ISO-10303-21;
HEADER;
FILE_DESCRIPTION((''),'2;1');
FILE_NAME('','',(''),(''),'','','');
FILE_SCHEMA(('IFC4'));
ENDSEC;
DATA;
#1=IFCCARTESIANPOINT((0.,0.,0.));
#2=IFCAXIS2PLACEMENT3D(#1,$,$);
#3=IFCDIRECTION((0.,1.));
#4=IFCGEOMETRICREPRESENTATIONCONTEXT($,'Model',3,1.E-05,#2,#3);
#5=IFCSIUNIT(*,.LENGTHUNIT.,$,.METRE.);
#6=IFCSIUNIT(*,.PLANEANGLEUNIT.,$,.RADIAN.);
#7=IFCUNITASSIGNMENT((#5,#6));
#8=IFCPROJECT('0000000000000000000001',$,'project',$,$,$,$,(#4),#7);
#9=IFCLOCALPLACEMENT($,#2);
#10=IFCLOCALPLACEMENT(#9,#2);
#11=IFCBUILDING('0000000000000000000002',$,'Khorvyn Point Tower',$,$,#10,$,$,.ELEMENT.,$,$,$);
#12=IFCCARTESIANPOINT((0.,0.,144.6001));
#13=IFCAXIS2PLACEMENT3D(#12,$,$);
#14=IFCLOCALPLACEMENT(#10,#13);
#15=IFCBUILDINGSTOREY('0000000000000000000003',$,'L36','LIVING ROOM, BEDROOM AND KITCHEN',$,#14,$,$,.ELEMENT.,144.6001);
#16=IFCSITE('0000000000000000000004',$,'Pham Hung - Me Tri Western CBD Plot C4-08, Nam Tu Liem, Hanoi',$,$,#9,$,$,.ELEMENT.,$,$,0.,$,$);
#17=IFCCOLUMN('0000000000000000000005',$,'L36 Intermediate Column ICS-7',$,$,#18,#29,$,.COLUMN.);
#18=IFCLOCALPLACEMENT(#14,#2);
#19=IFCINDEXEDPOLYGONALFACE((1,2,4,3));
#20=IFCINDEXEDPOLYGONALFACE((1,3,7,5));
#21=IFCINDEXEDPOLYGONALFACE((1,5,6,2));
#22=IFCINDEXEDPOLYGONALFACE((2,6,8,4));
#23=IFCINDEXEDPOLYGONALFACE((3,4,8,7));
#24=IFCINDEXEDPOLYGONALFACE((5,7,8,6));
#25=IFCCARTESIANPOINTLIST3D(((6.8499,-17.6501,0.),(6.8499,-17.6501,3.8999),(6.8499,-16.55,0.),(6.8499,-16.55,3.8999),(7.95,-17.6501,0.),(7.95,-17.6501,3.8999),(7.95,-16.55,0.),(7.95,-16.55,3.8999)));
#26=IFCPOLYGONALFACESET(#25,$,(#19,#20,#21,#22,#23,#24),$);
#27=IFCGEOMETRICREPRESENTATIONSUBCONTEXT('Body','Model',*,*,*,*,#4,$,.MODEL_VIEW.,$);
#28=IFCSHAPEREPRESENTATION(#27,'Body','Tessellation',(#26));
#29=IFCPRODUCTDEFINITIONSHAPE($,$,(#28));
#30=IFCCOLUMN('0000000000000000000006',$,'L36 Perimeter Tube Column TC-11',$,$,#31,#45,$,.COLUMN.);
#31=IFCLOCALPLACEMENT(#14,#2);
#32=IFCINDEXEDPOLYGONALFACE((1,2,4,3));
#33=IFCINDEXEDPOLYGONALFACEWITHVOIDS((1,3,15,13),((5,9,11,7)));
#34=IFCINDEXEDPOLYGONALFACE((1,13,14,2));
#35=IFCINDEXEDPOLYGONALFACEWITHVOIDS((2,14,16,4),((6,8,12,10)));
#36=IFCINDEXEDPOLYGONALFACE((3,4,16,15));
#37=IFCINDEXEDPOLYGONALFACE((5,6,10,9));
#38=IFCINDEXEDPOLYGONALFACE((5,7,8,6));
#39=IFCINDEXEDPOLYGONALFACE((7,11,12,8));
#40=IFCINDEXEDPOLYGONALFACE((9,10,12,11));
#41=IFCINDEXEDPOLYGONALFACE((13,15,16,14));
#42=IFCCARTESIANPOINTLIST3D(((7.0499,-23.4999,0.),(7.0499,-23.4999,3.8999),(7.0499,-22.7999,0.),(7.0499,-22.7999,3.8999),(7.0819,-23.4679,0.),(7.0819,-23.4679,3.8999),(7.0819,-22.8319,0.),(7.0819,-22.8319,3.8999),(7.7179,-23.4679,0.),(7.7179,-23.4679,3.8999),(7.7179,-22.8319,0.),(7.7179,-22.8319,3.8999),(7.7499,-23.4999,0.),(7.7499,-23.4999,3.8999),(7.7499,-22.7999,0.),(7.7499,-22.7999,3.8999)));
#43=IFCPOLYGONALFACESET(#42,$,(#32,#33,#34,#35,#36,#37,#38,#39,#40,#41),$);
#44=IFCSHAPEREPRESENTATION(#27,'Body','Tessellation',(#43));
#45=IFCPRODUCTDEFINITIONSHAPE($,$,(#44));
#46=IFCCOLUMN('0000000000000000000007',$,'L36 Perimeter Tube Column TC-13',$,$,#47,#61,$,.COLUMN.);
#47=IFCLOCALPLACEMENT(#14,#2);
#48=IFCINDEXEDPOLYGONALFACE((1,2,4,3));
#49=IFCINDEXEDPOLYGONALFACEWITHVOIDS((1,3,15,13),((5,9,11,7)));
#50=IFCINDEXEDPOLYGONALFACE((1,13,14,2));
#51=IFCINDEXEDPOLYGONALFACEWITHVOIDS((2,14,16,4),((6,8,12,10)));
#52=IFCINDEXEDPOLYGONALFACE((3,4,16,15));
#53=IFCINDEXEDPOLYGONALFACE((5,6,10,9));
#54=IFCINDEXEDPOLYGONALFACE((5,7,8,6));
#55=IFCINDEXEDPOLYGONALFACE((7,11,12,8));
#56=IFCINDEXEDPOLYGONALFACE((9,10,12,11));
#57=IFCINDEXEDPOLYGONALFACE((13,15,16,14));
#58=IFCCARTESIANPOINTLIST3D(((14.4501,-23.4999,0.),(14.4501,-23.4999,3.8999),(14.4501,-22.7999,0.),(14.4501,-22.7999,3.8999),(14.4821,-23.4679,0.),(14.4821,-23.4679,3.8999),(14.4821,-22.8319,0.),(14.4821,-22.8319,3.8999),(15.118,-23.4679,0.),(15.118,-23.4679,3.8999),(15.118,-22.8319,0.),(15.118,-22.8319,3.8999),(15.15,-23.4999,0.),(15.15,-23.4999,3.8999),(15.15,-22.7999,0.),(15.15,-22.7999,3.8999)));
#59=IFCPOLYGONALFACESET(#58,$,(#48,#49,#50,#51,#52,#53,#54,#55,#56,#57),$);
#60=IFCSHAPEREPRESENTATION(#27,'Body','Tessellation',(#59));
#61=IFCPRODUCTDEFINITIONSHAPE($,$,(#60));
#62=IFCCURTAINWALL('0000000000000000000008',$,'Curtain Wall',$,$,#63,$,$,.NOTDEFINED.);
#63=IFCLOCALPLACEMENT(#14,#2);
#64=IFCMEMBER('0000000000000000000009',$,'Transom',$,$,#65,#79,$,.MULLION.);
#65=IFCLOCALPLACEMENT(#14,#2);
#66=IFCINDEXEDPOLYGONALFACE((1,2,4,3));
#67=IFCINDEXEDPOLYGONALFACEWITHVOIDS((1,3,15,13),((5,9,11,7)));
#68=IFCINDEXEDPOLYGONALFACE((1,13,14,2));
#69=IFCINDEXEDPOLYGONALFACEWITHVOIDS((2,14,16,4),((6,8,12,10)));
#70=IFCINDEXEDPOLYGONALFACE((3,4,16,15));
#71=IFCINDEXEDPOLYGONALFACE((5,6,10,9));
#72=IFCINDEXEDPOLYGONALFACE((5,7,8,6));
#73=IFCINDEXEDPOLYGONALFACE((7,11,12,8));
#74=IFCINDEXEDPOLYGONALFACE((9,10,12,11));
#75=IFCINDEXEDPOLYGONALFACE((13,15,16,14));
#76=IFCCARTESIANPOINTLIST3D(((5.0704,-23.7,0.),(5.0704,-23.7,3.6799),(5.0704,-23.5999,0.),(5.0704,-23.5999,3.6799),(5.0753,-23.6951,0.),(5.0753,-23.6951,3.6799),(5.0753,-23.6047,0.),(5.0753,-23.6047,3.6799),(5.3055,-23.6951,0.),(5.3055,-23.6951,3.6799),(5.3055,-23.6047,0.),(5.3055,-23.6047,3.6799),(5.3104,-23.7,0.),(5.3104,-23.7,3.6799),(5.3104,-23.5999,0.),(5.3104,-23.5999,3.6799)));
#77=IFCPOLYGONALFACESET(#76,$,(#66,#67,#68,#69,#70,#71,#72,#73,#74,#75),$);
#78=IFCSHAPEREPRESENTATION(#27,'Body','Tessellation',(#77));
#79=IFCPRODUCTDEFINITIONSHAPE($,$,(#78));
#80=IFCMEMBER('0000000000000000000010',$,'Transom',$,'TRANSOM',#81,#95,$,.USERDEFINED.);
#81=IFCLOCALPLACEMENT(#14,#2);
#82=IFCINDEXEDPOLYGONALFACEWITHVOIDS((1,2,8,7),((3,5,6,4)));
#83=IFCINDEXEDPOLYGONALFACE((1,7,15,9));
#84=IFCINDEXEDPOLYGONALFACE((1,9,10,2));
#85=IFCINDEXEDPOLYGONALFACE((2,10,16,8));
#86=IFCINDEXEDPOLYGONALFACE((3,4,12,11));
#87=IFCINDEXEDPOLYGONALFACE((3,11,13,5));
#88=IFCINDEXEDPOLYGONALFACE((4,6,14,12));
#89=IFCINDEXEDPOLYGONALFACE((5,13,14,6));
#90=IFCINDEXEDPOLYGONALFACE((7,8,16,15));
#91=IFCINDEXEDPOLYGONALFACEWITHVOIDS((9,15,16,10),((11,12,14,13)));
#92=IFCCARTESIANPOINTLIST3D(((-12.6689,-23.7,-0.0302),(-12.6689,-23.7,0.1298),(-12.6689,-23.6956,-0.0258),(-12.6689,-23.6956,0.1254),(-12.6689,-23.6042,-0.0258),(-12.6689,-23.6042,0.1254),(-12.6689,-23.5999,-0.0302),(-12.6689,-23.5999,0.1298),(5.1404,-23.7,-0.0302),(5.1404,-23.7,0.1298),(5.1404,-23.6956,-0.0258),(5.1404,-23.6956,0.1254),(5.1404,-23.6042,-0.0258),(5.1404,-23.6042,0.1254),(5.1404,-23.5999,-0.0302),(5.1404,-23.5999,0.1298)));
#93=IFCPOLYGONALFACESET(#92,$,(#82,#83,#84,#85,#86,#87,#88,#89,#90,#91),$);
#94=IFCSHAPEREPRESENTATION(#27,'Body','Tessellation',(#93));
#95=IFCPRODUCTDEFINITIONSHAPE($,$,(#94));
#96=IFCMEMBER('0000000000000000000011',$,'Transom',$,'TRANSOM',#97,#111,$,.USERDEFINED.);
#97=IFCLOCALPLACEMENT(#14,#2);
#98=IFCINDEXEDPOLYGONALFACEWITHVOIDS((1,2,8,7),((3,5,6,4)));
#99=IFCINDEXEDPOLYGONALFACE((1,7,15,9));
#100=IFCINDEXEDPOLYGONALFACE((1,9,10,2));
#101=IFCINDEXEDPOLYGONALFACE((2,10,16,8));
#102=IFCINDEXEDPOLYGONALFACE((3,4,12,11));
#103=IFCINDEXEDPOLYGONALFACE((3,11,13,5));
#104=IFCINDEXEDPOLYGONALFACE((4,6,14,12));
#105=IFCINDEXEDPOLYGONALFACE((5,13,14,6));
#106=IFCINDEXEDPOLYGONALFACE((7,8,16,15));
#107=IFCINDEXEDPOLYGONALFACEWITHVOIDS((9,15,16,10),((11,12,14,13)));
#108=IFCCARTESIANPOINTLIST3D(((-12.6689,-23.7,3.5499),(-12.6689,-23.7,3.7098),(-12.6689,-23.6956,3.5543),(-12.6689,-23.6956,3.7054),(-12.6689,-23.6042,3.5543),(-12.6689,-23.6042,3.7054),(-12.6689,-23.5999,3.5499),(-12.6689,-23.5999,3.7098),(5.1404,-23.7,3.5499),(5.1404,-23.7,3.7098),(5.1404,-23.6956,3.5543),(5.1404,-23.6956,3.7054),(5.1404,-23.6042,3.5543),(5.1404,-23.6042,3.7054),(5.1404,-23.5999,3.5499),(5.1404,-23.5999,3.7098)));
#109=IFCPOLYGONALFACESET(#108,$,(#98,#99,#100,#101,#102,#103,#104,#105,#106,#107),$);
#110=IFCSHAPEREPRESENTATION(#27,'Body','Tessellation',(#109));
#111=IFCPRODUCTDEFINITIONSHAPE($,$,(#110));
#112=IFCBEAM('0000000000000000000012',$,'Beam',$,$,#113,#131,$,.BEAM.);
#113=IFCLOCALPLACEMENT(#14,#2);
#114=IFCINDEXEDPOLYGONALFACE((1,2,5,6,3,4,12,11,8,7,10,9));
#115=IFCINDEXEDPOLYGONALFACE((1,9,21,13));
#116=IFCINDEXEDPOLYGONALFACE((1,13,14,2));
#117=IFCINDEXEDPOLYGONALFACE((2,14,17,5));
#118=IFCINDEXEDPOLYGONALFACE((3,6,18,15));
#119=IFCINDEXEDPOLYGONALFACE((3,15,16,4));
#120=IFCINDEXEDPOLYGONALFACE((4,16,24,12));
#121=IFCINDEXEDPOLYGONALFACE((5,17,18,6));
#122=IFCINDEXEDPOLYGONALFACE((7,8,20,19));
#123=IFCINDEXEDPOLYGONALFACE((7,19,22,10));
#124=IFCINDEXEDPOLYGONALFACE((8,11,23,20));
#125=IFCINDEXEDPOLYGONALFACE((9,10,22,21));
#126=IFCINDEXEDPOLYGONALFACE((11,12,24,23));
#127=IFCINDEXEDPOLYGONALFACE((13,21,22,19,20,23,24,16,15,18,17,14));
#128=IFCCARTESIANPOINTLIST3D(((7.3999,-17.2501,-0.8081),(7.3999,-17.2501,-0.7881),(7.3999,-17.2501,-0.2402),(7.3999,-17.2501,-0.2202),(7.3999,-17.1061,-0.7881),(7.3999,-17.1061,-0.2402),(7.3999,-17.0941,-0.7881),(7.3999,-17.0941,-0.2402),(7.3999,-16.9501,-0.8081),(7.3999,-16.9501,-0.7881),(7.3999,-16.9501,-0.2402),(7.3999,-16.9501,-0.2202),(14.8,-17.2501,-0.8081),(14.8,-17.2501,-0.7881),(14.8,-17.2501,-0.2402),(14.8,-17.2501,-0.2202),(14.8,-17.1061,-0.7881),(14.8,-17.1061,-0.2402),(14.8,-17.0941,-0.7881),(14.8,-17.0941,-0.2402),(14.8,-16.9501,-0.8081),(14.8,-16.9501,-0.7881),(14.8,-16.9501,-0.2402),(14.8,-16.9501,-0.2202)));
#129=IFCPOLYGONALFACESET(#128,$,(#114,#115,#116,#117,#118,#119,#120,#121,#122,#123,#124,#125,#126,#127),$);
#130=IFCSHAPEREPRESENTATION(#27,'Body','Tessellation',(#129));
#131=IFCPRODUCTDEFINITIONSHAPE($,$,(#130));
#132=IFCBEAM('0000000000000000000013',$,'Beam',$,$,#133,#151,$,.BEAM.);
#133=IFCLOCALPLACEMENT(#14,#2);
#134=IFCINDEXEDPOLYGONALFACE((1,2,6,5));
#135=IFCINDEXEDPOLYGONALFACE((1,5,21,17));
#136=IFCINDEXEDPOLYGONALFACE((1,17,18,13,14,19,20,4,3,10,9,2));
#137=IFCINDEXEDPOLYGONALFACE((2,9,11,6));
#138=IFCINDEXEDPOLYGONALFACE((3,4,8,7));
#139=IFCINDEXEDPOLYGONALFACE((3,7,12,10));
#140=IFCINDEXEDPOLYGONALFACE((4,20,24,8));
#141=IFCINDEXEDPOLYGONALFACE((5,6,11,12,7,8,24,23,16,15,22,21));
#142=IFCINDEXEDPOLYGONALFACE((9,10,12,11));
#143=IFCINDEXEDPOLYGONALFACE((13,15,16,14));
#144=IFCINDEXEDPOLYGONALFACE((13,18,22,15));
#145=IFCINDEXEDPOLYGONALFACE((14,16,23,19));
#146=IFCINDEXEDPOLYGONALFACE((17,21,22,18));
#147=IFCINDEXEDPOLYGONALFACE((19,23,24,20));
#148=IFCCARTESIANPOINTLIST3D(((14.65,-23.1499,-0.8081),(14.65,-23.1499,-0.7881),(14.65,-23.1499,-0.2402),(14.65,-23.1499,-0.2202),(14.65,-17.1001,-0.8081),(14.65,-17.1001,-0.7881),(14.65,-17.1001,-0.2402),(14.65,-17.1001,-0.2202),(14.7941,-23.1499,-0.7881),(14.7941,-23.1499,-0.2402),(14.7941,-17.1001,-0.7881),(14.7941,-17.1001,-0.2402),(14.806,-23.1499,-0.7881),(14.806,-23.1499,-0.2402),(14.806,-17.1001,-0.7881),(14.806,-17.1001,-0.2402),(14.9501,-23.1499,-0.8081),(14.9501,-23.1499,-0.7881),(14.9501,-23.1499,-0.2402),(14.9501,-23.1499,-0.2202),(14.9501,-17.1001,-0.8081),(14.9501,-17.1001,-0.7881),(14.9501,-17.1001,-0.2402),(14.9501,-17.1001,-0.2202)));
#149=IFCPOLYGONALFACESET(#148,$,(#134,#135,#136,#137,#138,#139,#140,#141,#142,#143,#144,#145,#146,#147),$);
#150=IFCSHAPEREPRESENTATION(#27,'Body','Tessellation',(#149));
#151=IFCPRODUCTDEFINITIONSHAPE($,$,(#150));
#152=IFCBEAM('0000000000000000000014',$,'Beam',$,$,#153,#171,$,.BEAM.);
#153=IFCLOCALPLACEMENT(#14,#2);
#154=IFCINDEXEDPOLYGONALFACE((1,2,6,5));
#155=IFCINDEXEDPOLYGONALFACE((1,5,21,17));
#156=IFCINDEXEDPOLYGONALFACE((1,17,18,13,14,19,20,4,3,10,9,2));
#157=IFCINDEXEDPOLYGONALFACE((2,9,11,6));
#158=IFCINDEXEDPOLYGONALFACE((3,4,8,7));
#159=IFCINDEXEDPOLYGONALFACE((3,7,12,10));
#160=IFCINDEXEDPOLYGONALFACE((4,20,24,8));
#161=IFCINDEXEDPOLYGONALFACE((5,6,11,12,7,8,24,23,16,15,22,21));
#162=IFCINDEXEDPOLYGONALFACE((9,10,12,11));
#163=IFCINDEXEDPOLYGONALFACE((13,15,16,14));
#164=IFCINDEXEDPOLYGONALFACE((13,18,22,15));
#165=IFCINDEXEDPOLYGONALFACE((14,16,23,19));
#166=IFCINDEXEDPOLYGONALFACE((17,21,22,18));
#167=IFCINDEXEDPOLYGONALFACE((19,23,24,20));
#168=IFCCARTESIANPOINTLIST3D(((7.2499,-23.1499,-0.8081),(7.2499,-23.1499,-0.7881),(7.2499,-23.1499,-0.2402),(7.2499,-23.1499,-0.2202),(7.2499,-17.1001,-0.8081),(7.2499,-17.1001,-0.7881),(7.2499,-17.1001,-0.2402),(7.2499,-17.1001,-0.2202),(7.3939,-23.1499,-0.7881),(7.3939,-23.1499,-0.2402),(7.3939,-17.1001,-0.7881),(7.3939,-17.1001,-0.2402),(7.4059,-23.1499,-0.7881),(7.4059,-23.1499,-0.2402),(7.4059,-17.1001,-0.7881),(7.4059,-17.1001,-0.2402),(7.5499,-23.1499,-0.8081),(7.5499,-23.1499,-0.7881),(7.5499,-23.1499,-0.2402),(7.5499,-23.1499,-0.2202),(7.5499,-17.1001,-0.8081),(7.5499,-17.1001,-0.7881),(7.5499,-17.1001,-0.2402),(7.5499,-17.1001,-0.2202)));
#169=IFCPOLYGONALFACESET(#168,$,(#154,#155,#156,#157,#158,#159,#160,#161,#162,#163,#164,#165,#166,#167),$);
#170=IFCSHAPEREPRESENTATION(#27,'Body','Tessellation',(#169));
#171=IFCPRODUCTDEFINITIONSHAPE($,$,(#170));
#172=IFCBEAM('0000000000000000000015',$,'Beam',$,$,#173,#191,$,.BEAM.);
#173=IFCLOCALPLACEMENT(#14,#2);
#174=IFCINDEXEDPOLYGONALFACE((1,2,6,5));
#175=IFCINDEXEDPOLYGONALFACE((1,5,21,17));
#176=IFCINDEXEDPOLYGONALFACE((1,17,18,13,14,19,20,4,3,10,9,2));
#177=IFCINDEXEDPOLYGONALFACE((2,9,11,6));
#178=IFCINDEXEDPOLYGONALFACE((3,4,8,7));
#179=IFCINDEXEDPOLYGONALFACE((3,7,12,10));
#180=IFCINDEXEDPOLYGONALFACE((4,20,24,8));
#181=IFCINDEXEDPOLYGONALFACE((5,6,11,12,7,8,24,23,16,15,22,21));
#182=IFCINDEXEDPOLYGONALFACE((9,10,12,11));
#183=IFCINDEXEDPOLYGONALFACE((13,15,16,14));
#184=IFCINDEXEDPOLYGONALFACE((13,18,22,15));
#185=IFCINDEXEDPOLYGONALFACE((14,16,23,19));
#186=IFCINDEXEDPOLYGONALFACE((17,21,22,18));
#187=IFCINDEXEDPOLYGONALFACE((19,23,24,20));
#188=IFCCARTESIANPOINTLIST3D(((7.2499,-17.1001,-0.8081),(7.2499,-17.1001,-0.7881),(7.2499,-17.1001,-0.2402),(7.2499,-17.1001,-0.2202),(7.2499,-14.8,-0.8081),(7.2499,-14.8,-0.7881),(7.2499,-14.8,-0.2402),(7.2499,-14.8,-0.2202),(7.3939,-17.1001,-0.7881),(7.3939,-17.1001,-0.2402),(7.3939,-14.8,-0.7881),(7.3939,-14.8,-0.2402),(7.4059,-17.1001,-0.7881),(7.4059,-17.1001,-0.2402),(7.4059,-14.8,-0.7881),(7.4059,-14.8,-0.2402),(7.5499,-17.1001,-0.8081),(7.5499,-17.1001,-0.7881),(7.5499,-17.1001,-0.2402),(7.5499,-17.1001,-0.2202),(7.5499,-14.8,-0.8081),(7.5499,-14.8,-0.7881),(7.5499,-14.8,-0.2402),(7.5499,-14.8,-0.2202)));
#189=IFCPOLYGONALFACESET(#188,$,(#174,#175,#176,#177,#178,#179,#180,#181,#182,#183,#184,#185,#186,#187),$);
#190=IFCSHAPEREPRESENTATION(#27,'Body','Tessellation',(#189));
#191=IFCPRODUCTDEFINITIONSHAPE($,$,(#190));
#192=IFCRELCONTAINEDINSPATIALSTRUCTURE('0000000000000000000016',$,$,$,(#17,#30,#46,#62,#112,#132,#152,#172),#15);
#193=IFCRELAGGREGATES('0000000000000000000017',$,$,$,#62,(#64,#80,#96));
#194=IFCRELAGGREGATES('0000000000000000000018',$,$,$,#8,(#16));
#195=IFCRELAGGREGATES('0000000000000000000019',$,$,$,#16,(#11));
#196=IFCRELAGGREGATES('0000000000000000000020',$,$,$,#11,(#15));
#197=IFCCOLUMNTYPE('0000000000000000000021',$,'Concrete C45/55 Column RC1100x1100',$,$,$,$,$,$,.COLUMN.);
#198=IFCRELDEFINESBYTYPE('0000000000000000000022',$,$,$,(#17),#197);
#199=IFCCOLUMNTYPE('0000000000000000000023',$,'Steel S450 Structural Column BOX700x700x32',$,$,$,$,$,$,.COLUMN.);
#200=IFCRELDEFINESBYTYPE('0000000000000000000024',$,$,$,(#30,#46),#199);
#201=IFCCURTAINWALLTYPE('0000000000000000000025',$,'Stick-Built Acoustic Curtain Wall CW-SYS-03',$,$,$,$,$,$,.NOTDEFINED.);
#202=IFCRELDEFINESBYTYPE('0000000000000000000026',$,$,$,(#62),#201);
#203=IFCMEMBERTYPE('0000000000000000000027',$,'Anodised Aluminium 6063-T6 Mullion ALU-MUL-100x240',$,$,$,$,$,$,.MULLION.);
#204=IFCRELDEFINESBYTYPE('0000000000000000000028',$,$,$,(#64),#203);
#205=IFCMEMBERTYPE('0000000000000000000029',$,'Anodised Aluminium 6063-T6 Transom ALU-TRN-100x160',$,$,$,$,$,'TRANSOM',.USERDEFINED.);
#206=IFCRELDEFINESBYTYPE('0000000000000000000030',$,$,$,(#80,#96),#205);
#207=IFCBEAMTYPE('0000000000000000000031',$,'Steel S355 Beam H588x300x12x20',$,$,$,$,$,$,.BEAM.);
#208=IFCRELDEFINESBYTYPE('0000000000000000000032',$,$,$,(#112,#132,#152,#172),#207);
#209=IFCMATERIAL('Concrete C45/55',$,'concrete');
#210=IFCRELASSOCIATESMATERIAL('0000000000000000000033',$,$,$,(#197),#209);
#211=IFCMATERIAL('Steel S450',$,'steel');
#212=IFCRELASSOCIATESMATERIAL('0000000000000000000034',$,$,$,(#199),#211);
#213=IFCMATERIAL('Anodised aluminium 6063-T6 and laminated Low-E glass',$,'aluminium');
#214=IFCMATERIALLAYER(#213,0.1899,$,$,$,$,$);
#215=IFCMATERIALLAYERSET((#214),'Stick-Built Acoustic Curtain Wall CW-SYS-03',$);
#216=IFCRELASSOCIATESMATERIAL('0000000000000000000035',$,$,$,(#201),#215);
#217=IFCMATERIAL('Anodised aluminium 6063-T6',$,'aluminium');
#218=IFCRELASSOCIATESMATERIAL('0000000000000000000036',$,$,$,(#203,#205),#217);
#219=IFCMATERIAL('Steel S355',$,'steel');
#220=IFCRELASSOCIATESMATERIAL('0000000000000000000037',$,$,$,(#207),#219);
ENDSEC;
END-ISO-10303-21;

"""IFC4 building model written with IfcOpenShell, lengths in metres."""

from ifc_helpers import new_model, si_unit, direction, frame, origin, origin_2d, place, context, subcontext, project, spatial, rectangle, hollow_rectangle, i_section, extrude, material, layer, layer_set, material_profile, profile_set, type_object, element, aggregate, save


model = new_model("IFC4")

# Units and contexts
model_context = context("Model", 3, precision=1e-05, world=origin(), true_north=direction((0.0, 1.0)))
body_context = subcontext(model_context, "Body", "Model", "MODEL_VIEW")
ifc_project = project(units=[si_unit("LENGTHUNIT", "METRE"), si_unit("PLANEANGLEUNIT", "RADIAN")], contexts=[model_context])

# Site, building, storey
site_placement = place(None, origin())
site = spatial("IfcSite", under=ifc_project, at=site_placement, Name="Pham Hung - Me Tri Western CBD Plot C4-08, Nam Tu Liem, Hanoi", CompositionType="ELEMENT", RefElevation=0.0)
building_placement = place(site_placement, origin())
building = spatial("IfcBuilding", under=site, at=building_placement, Name="Khorvyn Point Tower", CompositionType="ELEMENT")
storey_placement = place(building_placement, frame((0.0, 0.0, 144.6001)))
storey = spatial("IfcBuildingStorey", under=building, at=storey_placement, Name="L36", Description="LIVING ROOM, BEDROOM AND KITCHEN", CompositionType="ELEMENT", Elevation=144.6001)

# Columns
ifc_material_1 = material(Name="Concrete C45/55", Category="concrete")
ifc_material_profile_1 = material_profile(ifc_material_1, rectangle(XDim=1.1001, YDim=1.1001, at=origin_2d()))
ifc_profile_set_1 = profile_set([ifc_material_profile_1], Name="Concrete C45/55 RC1100x1100")
column_type_1 = type_object("IfcColumnType", Name="Concrete C45/55 Column RC1100x1100", PredefinedType="COLUMN", material=ifc_profile_set_1)
column_placement = place(storey_placement, frame((7.3999, -17.1001, 0.0), z_axis=(0.0, 0.0, 1.0), x_axis=(1.0, 0.0, 0.0)))
element("IfcColumn", 1, at=column_placement, inside=storey, type_object=column_type_1, Name="L36 Intermediate Column ICS-7", PredefinedType="COLUMN", context=body_context, shape_type="SweptSolid", body=[
    extrude(rectangle(XDim=1.1001, YDim=1.1001, at=origin_2d()), origin(), (0.0, 0.0, 1.0), 3.8999),
])
ifc_material_2 = material(Name="Steel S450", Category="steel")
ifc_material_profile_2 = material_profile(ifc_material_2, hollow_rectangle(XDim=0.7, YDim=0.7, WallThickness=0.032, at=origin_2d()))
ifc_profile_set_2 = profile_set([ifc_material_profile_2], Name="Steel S450 BOX700x700x32")
column_type_2 = type_object("IfcColumnType", Name="Steel S450 Structural Column BOX700x700x32", PredefinedType="COLUMN", material=ifc_profile_set_2)
for number, where, z_axis, x_axis, name in (
    (2, (7.3999, -23.1499, 0.0), (0.0, 0.0, 1.0), (1.0, 0.0, 0.0), "L36 Perimeter Tube Column TC-11"),
    (3, (14.8, -23.1499, 0.0), (0.0, 0.0, 1.0), (1.0, 0.0, 0.0), "L36 Perimeter Tube Column TC-13"),
):
    element("IfcColumn", number, at=place(storey_placement, frame(where, z_axis=z_axis, x_axis=x_axis)), inside=storey, type_object=column_type_2, Name=name, PredefinedType="COLUMN", context=body_context, shape_type="SweptSolid", body=[
        extrude(hollow_rectangle(XDim=0.7, YDim=0.7, WallThickness=0.032, at=origin_2d()), origin(), (0.0, 0.0, 1.0), 3.8999),
    ])

# Curtain wall, members
ifc_material_3 = material(Name="Anodised aluminium 6063-T6 and laminated Low-E glass", Category="aluminium")
ifc_layer_1 = layer(ifc_material_3, 0.1899)
ifc_layer_set_1 = layer_set([ifc_layer_1], Name="Stick-Built Acoustic Curtain Wall CW-SYS-03")
curtain_wall_type = type_object("IfcCurtainWallType", Name="Stick-Built Acoustic Curtain Wall CW-SYS-03", PredefinedType="NOTDEFINED", material=ifc_layer_set_1)
curtain_wall_placement = place(storey_placement, origin())
curtain_wall = element("IfcCurtainWall", 4, at=curtain_wall_placement, inside=storey, type_object=curtain_wall_type, Name="Curtain Wall", PredefinedType="NOTDEFINED")
ifc_material_4 = material(Name="Anodised aluminium 6063-T6", Category="aluminium")
ifc_material_profile_3 = material_profile(ifc_material_4, hollow_rectangle(XDim=0.1001, YDim=0.24, WallThickness=0.0049, at=origin_2d()))
ifc_profile_set_3 = profile_set([ifc_material_profile_3], Name="Anodised aluminium 6063-T6 ALU-MUL-100x240")
member_type_1 = type_object("IfcMemberType", Name="Anodised Aluminium 6063-T6 Mullion ALU-MUL-100x240", PredefinedType="MULLION", material=ifc_profile_set_3)
member_1_placement = place(storey_placement, frame((5.1904, -23.6499, 0.0), z_axis=(0.0, 0.0, 1.0), x_axis=(0.0, -1.0, 0.0)))
member_1 = element("IfcMember", 5, at=member_1_placement, type_object=member_type_1, Name="Transom", PredefinedType="MULLION", context=body_context, shape_type="SweptSolid", body=[
    extrude(hollow_rectangle(XDim=0.1001, YDim=0.24, WallThickness=0.0049, at=origin_2d()), origin(), (0.0, 0.0, 1.0), 3.6799),
])
ifc_material_profile_4 = material_profile(ifc_material_4, hollow_rectangle(XDim=0.1001, YDim=0.1599, WallThickness=0.0044, at=origin_2d()))
ifc_profile_set_4 = profile_set([ifc_material_profile_4], Name="Anodised aluminium 6063-T6 ALU-TRN-100x160")
member_type_2 = type_object("IfcMemberType", Name="Anodised Aluminium 6063-T6 Transom ALU-TRN-100x160", ElementType="TRANSOM", PredefinedType="USERDEFINED", material=ifc_profile_set_4)
member_2_placement = place(storey_placement, frame((5.1404, -23.6499, 0.0498), z_axis=(-1.0, 0.0, 0.0), x_axis=(0.0, -1.0, 0.0)))
member_2 = element("IfcMember", 6, at=member_2_placement, type_object=member_type_2, Name="Transom", ObjectType="TRANSOM", PredefinedType="USERDEFINED", context=body_context, shape_type="SweptSolid", body=[
    extrude(hollow_rectangle(XDim=0.1001, YDim=0.1599, WallThickness=0.0044, at=origin_2d()), origin(), (0.0, 0.0, 1.0), 17.8093),
])
member_3_placement = place(storey_placement, frame((5.1404, -23.6499, 3.6299), z_axis=(-1.0, 0.0, 0.0), x_axis=(0.0, -1.0, 0.0)))
member_3 = element("IfcMember", 7, at=member_3_placement, type_object=member_type_2, Name="Transom", ObjectType="TRANSOM", PredefinedType="USERDEFINED", context=body_context, shape_type="SweptSolid", body=[
    extrude(hollow_rectangle(XDim=0.1001, YDim=0.1599, WallThickness=0.0044, at=origin_2d()), origin(), (0.0, 0.0, 1.0), 17.8093),
])

# Beams
ifc_material_5 = material(Name="Steel S355", Category="steel")
ifc_material_profile_5 = material_profile(ifc_material_5, i_section(OverallWidth=0.3, OverallDepth=0.5879, WebThickness=0.012, FlangeThickness=0.02, at=origin_2d()))
ifc_profile_set_5 = profile_set([ifc_material_profile_5], Name="Steel S355 H588x300x12x20")
beam_type_1 = type_object("IfcBeamType", Name="Steel S355 Beam H588x300x12x20", PredefinedType="BEAM", material=ifc_profile_set_5)
beam_1_placement = place(storey_placement, frame((7.3999, -17.1001, -0.5142), z_axis=(1.0, 0.0, 0.0), x_axis=(0.0, 1.0, 0.0)))
element("IfcBeam", 8, at=beam_1_placement, inside=storey, type_object=beam_type_1, Name="Beam", PredefinedType="BEAM", context=body_context, shape_type="SweptSolid", body=[
    extrude(i_section(OverallWidth=0.3, OverallDepth=0.5879, WebThickness=0.012, FlangeThickness=0.02, at=origin_2d()), origin(), (0.0, 0.0, 1.0), 7.4001),
])
for number, where, z_axis, x_axis, name in (
    (9, (14.8, -23.1499, -0.5142), (0.0, 1.0, 0.0), (-1.0, 0.0, 0.0), "Beam"),
    (10, (7.3999, -23.1499, -0.5142), (0.0, 1.0, 0.0), (-1.0, 0.0, 0.0), "Beam"),
):
    element("IfcBeam", number, at=place(storey_placement, frame(where, z_axis=z_axis, x_axis=x_axis)), inside=storey, type_object=beam_type_1, Name=name, PredefinedType="BEAM", context=body_context, shape_type="SweptSolid", body=[
        extrude(i_section(OverallWidth=0.3, OverallDepth=0.5879, WebThickness=0.012, FlangeThickness=0.02, at=origin_2d()), origin(), (0.0, 0.0, 1.0), 6.0498),
    ])
beam_2_placement = place(storey_placement, frame((7.3999, -17.1001, -0.5142), z_axis=(0.0, 1.0, 0.0), x_axis=(-1.0, 0.0, 0.0)))
element("IfcBeam", 11, at=beam_2_placement, inside=storey, type_object=beam_type_1, Name="Beam", PredefinedType="BEAM", context=body_context, shape_type="SweptSolid", body=[
    extrude(i_section(OverallWidth=0.3, OverallDepth=0.5879, WebThickness=0.012, FlangeThickness=0.02, at=origin_2d()), origin(), (0.0, 0.0, 1.0), 2.3),
])

aggregate(curtain_wall, [member_1, member_2, member_3])

save(model, "model.ifc")
